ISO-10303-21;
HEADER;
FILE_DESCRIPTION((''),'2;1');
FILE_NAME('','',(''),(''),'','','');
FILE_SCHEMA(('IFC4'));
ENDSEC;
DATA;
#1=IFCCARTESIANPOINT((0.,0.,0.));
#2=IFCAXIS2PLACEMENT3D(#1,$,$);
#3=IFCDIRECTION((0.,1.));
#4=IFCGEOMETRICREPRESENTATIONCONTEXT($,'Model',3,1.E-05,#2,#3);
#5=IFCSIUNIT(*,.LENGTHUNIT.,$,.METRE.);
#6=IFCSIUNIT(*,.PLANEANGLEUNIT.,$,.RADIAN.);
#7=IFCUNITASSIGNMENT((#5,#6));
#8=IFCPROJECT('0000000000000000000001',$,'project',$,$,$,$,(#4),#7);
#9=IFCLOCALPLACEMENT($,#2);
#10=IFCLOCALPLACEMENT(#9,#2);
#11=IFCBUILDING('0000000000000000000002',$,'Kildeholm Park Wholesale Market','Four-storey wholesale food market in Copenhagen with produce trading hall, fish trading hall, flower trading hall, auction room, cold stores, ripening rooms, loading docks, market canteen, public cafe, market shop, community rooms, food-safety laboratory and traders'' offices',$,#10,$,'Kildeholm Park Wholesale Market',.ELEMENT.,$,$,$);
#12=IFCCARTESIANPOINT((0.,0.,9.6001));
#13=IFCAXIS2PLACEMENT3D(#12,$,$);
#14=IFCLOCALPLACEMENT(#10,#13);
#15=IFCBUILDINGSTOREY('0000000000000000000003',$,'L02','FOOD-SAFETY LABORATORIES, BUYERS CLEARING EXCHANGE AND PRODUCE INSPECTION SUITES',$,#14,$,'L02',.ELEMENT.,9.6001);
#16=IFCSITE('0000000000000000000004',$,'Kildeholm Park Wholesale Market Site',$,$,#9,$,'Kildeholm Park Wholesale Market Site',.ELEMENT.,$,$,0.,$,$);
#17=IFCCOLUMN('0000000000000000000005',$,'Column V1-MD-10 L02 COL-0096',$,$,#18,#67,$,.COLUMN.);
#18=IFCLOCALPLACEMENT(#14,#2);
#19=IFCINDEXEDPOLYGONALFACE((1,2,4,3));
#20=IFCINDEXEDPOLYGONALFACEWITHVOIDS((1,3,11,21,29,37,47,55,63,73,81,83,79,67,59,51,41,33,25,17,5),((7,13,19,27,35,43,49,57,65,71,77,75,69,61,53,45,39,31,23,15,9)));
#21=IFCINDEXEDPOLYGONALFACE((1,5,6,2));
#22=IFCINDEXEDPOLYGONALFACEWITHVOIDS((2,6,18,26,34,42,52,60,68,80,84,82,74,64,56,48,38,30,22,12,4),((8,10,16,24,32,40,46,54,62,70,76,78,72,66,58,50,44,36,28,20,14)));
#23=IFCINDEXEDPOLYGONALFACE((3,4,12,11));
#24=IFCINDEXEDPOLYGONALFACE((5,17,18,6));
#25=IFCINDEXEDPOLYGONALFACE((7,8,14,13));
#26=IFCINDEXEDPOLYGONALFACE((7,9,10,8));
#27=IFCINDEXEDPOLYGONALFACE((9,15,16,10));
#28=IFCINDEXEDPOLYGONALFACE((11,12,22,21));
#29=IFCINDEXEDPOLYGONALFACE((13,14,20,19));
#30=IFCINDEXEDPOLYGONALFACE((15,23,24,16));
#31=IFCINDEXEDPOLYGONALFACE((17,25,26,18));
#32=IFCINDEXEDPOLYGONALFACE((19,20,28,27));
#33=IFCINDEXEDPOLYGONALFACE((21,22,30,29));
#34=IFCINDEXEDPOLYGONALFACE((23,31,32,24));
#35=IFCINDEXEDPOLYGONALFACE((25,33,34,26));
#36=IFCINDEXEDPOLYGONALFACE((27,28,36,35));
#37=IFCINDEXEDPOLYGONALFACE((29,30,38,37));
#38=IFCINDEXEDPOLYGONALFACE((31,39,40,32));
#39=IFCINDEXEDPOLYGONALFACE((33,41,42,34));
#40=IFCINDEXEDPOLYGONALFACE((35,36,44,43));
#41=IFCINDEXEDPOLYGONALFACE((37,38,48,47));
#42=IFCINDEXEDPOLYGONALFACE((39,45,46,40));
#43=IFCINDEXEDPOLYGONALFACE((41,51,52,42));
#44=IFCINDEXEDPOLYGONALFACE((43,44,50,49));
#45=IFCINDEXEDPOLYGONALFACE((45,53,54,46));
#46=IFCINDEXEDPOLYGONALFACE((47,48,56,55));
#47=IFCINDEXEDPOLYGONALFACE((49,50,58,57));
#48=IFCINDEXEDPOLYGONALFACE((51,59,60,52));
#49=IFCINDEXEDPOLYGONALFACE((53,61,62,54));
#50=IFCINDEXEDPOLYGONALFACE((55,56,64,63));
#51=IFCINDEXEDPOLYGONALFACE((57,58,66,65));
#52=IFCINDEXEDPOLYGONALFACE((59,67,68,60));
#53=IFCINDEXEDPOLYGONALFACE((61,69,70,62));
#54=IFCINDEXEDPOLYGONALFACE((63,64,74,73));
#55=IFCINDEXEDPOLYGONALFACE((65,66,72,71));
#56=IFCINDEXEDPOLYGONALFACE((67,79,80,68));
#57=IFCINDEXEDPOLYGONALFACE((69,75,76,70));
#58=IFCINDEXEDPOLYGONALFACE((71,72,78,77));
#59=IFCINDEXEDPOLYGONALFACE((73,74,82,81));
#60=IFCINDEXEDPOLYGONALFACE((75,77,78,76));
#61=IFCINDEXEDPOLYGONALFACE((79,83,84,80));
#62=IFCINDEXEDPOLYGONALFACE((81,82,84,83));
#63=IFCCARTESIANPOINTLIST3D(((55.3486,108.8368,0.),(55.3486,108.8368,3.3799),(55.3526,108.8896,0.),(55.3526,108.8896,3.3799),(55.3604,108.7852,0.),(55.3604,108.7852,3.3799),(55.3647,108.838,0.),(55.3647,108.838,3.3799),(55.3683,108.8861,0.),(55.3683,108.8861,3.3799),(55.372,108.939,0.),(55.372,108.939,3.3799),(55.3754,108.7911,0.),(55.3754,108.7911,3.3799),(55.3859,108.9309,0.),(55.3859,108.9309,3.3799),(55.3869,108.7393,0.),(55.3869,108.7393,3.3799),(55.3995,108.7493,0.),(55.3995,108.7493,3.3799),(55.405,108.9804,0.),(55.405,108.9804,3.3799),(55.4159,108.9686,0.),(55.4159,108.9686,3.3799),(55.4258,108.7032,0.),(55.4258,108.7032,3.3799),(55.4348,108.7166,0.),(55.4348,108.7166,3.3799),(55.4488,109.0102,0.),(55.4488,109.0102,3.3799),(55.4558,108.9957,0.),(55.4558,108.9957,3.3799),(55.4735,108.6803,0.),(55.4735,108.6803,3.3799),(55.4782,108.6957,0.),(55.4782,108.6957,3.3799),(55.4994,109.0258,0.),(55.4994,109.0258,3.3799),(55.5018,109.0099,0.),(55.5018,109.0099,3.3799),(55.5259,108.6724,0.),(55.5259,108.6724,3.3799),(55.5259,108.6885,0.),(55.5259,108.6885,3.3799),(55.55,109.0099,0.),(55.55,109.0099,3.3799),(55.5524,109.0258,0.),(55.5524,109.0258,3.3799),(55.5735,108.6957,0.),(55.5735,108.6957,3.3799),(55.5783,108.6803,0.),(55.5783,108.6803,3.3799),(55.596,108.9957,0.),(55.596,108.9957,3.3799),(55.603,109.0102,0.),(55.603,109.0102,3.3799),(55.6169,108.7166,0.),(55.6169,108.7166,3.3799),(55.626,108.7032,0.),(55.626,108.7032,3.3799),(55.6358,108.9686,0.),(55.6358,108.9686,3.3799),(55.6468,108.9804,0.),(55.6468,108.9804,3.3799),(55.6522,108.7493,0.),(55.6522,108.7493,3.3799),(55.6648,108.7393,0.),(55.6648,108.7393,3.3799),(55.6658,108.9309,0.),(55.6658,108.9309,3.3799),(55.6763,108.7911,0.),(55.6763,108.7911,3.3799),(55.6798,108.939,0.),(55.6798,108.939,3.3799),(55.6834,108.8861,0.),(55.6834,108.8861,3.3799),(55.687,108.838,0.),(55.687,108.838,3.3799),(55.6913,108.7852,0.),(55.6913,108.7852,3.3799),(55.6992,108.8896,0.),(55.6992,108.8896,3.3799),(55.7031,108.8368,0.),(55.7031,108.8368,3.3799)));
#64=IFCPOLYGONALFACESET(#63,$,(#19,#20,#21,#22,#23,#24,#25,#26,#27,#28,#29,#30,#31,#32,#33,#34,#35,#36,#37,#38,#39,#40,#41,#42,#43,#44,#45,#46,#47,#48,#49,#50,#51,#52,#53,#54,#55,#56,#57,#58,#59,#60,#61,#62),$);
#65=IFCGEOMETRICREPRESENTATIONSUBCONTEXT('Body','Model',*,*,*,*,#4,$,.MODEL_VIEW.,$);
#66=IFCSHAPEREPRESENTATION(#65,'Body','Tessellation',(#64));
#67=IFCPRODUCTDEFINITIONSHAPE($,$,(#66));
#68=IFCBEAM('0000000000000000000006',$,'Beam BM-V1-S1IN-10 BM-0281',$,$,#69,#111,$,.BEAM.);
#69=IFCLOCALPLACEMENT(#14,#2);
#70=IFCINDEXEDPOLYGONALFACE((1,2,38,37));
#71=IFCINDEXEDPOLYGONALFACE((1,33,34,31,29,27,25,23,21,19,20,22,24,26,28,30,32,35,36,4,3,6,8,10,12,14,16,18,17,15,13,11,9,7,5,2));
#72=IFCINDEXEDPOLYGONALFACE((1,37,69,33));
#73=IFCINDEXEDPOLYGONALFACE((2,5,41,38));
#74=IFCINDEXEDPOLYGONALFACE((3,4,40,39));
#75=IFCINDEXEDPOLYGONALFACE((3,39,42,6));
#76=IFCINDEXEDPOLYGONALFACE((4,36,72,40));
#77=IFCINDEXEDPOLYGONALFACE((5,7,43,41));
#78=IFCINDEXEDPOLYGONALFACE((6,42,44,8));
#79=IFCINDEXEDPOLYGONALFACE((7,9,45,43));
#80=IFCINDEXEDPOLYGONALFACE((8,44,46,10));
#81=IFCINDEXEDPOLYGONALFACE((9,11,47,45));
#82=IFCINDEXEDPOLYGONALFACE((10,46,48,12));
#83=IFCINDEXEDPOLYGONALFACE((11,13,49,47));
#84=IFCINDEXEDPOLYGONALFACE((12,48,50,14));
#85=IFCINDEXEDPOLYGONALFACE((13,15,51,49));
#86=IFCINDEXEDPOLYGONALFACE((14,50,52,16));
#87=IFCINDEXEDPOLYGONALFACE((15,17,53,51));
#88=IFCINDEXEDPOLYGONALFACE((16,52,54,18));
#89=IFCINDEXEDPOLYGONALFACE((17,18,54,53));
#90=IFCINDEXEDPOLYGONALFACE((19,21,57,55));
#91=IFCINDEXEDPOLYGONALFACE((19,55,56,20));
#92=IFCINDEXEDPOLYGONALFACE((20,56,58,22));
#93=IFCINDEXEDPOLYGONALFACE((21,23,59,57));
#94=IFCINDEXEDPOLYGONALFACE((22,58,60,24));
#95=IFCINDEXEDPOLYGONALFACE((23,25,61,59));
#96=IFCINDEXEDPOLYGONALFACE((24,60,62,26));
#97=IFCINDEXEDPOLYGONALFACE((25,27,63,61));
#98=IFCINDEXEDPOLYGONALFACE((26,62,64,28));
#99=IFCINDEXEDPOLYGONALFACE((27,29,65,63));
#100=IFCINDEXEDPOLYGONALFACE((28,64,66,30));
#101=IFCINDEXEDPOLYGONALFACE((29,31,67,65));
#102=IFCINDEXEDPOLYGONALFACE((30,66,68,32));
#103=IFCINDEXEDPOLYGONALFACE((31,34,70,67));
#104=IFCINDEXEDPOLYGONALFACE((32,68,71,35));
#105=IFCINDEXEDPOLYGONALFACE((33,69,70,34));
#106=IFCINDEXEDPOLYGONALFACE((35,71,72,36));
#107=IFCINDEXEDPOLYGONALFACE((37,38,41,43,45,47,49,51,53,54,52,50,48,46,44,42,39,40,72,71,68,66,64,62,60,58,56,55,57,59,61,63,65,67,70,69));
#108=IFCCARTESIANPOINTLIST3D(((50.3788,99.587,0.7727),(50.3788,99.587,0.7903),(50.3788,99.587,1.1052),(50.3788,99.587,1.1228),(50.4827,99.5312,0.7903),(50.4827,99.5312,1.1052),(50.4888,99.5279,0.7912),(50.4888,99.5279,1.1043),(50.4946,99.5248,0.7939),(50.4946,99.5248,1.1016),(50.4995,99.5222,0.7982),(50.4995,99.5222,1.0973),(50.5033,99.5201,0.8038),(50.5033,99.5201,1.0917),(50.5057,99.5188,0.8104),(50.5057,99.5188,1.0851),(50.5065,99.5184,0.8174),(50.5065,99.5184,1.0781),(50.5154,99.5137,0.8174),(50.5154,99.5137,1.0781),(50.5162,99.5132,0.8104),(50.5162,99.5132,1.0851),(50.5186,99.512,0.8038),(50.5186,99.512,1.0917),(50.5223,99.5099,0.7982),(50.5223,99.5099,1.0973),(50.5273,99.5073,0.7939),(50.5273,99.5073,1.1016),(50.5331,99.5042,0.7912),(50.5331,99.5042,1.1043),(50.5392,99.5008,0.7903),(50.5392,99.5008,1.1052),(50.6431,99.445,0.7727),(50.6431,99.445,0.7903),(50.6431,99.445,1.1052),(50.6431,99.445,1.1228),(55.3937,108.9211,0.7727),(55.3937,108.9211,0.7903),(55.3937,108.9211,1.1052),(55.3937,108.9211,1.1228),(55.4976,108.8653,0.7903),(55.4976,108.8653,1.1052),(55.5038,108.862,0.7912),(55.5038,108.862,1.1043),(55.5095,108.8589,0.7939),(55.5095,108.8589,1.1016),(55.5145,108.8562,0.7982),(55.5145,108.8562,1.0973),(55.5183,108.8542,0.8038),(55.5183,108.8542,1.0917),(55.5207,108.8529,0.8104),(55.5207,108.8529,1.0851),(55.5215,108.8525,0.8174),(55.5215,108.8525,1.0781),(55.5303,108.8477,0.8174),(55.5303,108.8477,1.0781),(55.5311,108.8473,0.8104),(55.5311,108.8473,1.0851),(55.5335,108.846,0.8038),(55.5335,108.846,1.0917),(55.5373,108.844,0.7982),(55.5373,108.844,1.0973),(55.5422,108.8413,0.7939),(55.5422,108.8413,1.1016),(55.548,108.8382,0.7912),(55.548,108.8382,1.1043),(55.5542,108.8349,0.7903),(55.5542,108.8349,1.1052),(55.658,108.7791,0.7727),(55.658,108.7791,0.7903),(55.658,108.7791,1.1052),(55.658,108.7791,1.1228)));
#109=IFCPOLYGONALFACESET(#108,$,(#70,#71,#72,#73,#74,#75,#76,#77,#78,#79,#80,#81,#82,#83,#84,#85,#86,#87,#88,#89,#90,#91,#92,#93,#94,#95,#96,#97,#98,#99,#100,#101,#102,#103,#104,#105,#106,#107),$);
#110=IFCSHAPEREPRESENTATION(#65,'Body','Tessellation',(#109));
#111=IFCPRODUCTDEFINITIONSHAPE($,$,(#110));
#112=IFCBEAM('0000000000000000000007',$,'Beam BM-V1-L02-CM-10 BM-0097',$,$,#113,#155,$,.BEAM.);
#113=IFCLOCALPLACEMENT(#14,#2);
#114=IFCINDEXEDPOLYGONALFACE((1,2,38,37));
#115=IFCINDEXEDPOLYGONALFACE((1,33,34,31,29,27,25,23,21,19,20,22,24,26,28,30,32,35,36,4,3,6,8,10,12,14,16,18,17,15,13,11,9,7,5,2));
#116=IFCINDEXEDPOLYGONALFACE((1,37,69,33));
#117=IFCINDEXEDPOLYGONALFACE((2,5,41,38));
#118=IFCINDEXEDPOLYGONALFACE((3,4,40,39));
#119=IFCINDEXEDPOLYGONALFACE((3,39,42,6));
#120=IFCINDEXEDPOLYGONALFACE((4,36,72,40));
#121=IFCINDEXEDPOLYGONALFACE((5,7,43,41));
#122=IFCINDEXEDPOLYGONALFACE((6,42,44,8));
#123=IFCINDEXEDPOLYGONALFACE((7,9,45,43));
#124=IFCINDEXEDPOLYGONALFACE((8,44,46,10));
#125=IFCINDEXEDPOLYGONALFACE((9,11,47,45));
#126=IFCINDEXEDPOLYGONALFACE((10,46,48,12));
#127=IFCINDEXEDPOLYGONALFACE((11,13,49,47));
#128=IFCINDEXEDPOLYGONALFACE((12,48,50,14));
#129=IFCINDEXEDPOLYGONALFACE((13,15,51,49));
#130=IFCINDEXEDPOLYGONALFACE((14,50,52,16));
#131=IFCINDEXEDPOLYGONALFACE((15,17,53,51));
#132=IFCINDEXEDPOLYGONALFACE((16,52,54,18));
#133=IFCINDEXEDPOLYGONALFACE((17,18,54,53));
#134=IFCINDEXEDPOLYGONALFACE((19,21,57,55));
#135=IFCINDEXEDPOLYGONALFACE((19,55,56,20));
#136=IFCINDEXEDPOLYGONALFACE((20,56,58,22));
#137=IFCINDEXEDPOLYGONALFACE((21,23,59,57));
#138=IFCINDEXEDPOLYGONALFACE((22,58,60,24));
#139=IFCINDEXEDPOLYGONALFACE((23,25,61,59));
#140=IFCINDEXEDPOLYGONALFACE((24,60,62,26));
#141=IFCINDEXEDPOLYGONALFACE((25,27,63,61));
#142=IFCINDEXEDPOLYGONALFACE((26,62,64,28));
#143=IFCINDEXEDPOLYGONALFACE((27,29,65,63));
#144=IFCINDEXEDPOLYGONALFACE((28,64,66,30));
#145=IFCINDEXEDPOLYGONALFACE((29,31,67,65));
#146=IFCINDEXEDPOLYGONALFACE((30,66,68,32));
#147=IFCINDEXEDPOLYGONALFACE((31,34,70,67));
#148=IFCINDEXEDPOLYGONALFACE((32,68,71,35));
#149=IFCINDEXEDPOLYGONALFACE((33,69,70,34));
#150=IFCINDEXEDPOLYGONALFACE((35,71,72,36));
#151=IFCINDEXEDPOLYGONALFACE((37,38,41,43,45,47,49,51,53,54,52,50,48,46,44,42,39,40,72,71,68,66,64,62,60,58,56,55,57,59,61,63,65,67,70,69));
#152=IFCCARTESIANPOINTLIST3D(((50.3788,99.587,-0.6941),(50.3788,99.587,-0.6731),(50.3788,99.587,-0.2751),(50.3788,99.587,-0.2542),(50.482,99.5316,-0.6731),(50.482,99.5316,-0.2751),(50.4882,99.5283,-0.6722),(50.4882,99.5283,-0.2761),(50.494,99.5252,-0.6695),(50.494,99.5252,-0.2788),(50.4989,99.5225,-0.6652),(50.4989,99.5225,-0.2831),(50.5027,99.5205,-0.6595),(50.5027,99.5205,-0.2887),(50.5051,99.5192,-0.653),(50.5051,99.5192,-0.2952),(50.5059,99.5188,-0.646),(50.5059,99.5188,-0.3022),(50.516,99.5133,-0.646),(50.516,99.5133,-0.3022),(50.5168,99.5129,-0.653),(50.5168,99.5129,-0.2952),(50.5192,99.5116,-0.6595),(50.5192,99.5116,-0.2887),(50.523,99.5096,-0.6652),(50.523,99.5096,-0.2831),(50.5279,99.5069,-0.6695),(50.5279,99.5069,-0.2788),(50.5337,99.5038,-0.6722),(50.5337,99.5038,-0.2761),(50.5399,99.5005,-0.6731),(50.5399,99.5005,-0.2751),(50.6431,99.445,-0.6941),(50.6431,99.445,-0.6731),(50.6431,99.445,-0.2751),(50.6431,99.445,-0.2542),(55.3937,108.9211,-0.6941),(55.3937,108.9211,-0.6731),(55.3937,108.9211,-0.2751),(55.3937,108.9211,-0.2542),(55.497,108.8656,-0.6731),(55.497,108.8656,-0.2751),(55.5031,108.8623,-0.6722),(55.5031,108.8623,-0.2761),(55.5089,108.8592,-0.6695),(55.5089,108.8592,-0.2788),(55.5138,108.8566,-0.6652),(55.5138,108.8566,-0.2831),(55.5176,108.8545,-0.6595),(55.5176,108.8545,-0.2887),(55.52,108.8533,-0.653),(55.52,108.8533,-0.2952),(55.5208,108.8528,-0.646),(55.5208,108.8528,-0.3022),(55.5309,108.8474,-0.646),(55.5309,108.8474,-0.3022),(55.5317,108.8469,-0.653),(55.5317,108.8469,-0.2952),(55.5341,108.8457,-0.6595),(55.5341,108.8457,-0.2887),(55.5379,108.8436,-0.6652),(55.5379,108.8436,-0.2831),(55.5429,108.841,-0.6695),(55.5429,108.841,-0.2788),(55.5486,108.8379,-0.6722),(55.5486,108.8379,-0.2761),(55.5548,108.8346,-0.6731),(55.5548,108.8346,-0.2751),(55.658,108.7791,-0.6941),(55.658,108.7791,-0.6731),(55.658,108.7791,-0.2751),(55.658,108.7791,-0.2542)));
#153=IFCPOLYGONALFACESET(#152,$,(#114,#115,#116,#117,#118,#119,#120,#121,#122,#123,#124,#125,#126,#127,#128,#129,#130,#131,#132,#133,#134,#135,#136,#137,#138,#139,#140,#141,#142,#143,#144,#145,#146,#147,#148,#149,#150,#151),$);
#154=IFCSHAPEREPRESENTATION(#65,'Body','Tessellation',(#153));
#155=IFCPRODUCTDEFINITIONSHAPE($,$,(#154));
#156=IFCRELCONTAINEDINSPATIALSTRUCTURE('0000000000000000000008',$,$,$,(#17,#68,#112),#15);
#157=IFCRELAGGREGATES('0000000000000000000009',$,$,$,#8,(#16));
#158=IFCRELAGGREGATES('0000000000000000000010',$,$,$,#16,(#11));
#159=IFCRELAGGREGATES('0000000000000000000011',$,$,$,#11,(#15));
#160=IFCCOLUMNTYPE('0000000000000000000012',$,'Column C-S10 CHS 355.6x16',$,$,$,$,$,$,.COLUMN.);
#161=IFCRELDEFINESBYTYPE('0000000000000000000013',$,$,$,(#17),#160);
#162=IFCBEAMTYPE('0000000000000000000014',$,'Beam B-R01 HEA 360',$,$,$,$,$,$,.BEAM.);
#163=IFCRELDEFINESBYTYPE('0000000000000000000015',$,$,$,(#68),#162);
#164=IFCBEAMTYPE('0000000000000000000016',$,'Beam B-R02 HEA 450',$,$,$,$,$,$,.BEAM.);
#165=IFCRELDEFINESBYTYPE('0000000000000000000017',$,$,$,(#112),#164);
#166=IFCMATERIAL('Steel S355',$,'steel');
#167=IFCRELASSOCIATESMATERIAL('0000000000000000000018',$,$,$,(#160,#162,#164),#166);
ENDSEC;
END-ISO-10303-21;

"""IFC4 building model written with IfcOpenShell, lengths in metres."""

from ifc_helpers import new_model, si_unit, direction, frame, origin, origin_2d, place, context, subcontext, project, spatial, hollow_circle, i_section, extrude, material, material_profile, profile_set, type_object, element, save


model = new_model("IFC4")

# Units and contexts
model_context = context("Model", 3, precision=1e-05, world=origin(), true_north=direction((0.0, 1.0)))
body_context = subcontext(model_context, "Body", "Model", "MODEL_VIEW")
ifc_project = project(units=[si_unit("LENGTHUNIT", "METRE"), si_unit("PLANEANGLEUNIT", "RADIAN")], contexts=[model_context])

# Site, building, storey
site_placement = place(None, origin())
site = spatial("IfcSite", under=ifc_project, at=site_placement, Name="Kildeholm Park Wholesale Market Site", LongName="Kildeholm Park Wholesale Market Site", CompositionType="ELEMENT", RefElevation=0.0)
building_placement = place(site_placement, origin())
building = spatial("IfcBuilding", under=site, at=building_placement, Name="Kildeholm Park Wholesale Market", Description="Four-storey wholesale food market in Copenhagen with produce trading hall, fish trading hall, flower trading hall, auction room, cold stores, ripening rooms, loading docks, market canteen, public cafe, market shop, community rooms, food-safety laboratory and traders' offices", LongName="Kildeholm Park Wholesale Market", CompositionType="ELEMENT")
storey_placement = place(building_placement, frame((0.0, 0.0, 9.6001)))
storey = spatial("IfcBuildingStorey", under=building, at=storey_placement, Name="L02", Description="FOOD-SAFETY LABORATORIES, BUYERS CLEARING EXCHANGE AND PRODUCE INSPECTION SUITES", LongName="L02", CompositionType="ELEMENT", Elevation=9.6001)

# Column
ifc_material_1 = material(Name="Steel S355", Category="steel")
ifc_material_profile_1 = material_profile(ifc_material_1, hollow_circle(Radius=0.1777, WallThickness=0.0161, at=origin_2d()), Name="CHS 355.6x16")
ifc_profile_set_1 = profile_set([ifc_material_profile_1], Name="Steel S355")
column_type = type_object("IfcColumnType", Name="Column C-S10 CHS 355.6x16", PredefinedType="COLUMN", material=ifc_profile_set_1)
column_placement = place(storey_placement, frame((55.5259, 108.8501, 0.0), z_axis=(0.0, 0.0, 1.0), x_axis=(-0.866025, 0.5, 0.0)))
element("IfcColumn", 1, at=column_placement, inside=storey, type_object=column_type, Name="Column V1-MD-10 L02 COL-0096", PredefinedType="COLUMN", context=body_context, shape_type="SweptSolid", body=[
    extrude(hollow_circle(Radius=0.1777, WallThickness=0.0161, at=origin_2d()), origin(), (0.0, 0.0, 1.0), 3.3799),
])

# Beams
ifc_material_profile_2 = material_profile(ifc_material_1, i_section(OverallWidth=0.3, OverallDepth=0.3501, WebThickness=0.01, FlangeThickness=0.0176, FilletRadius=0.0271, at=origin_2d()), Name="HEA 360")
ifc_profile_set_2 = profile_set([ifc_material_profile_2], Name="Steel S355")
beam_type_1 = type_object("IfcBeamType", Name="Beam B-R01 HEA 360", PredefinedType="BEAM", material=ifc_profile_set_2)
beam_1_placement = place(storey_placement, frame((55.5259, 108.8501, 0.9478), z_axis=(-0.473288, -0.880908, 0.0), x_axis=(0.880908, -0.473288, 0.0)))
element("IfcBeam", 2, at=beam_1_placement, inside=storey, type_object=beam_type_1, Name="Beam BM-V1-S1IN-10 BM-0281", PredefinedType="BEAM", context=body_context, shape_type="SweptSolid", body=[
    extrude(i_section(OverallWidth=0.3, OverallDepth=0.3501, WebThickness=0.01, FlangeThickness=0.0176, FilletRadius=0.0271, at=origin_2d()), origin(), (0.0, 0.0, 1.0), 10.5959),
])
ifc_material_profile_3 = material_profile(ifc_material_1, i_section(OverallWidth=0.3, OverallDepth=0.4399, WebThickness=0.0115, FlangeThickness=0.021, FilletRadius=0.0271, at=origin_2d()), Name="HEA 450")
ifc_profile_set_3 = profile_set([ifc_material_profile_3], Name="Steel S355")
beam_type_2 = type_object("IfcBeamType", Name="Beam B-R02 HEA 450", PredefinedType="BEAM", material=ifc_profile_set_3)
beam_2_placement = place(storey_placement, frame((55.5259, 108.8501, -0.4741), z_axis=(-0.473288, -0.880908, 0.0), x_axis=(0.880908, -0.473288, 0.0)))
element("IfcBeam", 3, at=beam_2_placement, inside=storey, type_object=beam_type_2, Name="Beam BM-V1-L02-CM-10 BM-0097", PredefinedType="BEAM", context=body_context, shape_type="SweptSolid", body=[
    extrude(i_section(OverallWidth=0.3, OverallDepth=0.4399, WebThickness=0.0115, FlangeThickness=0.021, FilletRadius=0.0271, at=origin_2d()), origin(), (0.0, 0.0, 1.0), 10.5959),
])

save(model, "model.ifc")
